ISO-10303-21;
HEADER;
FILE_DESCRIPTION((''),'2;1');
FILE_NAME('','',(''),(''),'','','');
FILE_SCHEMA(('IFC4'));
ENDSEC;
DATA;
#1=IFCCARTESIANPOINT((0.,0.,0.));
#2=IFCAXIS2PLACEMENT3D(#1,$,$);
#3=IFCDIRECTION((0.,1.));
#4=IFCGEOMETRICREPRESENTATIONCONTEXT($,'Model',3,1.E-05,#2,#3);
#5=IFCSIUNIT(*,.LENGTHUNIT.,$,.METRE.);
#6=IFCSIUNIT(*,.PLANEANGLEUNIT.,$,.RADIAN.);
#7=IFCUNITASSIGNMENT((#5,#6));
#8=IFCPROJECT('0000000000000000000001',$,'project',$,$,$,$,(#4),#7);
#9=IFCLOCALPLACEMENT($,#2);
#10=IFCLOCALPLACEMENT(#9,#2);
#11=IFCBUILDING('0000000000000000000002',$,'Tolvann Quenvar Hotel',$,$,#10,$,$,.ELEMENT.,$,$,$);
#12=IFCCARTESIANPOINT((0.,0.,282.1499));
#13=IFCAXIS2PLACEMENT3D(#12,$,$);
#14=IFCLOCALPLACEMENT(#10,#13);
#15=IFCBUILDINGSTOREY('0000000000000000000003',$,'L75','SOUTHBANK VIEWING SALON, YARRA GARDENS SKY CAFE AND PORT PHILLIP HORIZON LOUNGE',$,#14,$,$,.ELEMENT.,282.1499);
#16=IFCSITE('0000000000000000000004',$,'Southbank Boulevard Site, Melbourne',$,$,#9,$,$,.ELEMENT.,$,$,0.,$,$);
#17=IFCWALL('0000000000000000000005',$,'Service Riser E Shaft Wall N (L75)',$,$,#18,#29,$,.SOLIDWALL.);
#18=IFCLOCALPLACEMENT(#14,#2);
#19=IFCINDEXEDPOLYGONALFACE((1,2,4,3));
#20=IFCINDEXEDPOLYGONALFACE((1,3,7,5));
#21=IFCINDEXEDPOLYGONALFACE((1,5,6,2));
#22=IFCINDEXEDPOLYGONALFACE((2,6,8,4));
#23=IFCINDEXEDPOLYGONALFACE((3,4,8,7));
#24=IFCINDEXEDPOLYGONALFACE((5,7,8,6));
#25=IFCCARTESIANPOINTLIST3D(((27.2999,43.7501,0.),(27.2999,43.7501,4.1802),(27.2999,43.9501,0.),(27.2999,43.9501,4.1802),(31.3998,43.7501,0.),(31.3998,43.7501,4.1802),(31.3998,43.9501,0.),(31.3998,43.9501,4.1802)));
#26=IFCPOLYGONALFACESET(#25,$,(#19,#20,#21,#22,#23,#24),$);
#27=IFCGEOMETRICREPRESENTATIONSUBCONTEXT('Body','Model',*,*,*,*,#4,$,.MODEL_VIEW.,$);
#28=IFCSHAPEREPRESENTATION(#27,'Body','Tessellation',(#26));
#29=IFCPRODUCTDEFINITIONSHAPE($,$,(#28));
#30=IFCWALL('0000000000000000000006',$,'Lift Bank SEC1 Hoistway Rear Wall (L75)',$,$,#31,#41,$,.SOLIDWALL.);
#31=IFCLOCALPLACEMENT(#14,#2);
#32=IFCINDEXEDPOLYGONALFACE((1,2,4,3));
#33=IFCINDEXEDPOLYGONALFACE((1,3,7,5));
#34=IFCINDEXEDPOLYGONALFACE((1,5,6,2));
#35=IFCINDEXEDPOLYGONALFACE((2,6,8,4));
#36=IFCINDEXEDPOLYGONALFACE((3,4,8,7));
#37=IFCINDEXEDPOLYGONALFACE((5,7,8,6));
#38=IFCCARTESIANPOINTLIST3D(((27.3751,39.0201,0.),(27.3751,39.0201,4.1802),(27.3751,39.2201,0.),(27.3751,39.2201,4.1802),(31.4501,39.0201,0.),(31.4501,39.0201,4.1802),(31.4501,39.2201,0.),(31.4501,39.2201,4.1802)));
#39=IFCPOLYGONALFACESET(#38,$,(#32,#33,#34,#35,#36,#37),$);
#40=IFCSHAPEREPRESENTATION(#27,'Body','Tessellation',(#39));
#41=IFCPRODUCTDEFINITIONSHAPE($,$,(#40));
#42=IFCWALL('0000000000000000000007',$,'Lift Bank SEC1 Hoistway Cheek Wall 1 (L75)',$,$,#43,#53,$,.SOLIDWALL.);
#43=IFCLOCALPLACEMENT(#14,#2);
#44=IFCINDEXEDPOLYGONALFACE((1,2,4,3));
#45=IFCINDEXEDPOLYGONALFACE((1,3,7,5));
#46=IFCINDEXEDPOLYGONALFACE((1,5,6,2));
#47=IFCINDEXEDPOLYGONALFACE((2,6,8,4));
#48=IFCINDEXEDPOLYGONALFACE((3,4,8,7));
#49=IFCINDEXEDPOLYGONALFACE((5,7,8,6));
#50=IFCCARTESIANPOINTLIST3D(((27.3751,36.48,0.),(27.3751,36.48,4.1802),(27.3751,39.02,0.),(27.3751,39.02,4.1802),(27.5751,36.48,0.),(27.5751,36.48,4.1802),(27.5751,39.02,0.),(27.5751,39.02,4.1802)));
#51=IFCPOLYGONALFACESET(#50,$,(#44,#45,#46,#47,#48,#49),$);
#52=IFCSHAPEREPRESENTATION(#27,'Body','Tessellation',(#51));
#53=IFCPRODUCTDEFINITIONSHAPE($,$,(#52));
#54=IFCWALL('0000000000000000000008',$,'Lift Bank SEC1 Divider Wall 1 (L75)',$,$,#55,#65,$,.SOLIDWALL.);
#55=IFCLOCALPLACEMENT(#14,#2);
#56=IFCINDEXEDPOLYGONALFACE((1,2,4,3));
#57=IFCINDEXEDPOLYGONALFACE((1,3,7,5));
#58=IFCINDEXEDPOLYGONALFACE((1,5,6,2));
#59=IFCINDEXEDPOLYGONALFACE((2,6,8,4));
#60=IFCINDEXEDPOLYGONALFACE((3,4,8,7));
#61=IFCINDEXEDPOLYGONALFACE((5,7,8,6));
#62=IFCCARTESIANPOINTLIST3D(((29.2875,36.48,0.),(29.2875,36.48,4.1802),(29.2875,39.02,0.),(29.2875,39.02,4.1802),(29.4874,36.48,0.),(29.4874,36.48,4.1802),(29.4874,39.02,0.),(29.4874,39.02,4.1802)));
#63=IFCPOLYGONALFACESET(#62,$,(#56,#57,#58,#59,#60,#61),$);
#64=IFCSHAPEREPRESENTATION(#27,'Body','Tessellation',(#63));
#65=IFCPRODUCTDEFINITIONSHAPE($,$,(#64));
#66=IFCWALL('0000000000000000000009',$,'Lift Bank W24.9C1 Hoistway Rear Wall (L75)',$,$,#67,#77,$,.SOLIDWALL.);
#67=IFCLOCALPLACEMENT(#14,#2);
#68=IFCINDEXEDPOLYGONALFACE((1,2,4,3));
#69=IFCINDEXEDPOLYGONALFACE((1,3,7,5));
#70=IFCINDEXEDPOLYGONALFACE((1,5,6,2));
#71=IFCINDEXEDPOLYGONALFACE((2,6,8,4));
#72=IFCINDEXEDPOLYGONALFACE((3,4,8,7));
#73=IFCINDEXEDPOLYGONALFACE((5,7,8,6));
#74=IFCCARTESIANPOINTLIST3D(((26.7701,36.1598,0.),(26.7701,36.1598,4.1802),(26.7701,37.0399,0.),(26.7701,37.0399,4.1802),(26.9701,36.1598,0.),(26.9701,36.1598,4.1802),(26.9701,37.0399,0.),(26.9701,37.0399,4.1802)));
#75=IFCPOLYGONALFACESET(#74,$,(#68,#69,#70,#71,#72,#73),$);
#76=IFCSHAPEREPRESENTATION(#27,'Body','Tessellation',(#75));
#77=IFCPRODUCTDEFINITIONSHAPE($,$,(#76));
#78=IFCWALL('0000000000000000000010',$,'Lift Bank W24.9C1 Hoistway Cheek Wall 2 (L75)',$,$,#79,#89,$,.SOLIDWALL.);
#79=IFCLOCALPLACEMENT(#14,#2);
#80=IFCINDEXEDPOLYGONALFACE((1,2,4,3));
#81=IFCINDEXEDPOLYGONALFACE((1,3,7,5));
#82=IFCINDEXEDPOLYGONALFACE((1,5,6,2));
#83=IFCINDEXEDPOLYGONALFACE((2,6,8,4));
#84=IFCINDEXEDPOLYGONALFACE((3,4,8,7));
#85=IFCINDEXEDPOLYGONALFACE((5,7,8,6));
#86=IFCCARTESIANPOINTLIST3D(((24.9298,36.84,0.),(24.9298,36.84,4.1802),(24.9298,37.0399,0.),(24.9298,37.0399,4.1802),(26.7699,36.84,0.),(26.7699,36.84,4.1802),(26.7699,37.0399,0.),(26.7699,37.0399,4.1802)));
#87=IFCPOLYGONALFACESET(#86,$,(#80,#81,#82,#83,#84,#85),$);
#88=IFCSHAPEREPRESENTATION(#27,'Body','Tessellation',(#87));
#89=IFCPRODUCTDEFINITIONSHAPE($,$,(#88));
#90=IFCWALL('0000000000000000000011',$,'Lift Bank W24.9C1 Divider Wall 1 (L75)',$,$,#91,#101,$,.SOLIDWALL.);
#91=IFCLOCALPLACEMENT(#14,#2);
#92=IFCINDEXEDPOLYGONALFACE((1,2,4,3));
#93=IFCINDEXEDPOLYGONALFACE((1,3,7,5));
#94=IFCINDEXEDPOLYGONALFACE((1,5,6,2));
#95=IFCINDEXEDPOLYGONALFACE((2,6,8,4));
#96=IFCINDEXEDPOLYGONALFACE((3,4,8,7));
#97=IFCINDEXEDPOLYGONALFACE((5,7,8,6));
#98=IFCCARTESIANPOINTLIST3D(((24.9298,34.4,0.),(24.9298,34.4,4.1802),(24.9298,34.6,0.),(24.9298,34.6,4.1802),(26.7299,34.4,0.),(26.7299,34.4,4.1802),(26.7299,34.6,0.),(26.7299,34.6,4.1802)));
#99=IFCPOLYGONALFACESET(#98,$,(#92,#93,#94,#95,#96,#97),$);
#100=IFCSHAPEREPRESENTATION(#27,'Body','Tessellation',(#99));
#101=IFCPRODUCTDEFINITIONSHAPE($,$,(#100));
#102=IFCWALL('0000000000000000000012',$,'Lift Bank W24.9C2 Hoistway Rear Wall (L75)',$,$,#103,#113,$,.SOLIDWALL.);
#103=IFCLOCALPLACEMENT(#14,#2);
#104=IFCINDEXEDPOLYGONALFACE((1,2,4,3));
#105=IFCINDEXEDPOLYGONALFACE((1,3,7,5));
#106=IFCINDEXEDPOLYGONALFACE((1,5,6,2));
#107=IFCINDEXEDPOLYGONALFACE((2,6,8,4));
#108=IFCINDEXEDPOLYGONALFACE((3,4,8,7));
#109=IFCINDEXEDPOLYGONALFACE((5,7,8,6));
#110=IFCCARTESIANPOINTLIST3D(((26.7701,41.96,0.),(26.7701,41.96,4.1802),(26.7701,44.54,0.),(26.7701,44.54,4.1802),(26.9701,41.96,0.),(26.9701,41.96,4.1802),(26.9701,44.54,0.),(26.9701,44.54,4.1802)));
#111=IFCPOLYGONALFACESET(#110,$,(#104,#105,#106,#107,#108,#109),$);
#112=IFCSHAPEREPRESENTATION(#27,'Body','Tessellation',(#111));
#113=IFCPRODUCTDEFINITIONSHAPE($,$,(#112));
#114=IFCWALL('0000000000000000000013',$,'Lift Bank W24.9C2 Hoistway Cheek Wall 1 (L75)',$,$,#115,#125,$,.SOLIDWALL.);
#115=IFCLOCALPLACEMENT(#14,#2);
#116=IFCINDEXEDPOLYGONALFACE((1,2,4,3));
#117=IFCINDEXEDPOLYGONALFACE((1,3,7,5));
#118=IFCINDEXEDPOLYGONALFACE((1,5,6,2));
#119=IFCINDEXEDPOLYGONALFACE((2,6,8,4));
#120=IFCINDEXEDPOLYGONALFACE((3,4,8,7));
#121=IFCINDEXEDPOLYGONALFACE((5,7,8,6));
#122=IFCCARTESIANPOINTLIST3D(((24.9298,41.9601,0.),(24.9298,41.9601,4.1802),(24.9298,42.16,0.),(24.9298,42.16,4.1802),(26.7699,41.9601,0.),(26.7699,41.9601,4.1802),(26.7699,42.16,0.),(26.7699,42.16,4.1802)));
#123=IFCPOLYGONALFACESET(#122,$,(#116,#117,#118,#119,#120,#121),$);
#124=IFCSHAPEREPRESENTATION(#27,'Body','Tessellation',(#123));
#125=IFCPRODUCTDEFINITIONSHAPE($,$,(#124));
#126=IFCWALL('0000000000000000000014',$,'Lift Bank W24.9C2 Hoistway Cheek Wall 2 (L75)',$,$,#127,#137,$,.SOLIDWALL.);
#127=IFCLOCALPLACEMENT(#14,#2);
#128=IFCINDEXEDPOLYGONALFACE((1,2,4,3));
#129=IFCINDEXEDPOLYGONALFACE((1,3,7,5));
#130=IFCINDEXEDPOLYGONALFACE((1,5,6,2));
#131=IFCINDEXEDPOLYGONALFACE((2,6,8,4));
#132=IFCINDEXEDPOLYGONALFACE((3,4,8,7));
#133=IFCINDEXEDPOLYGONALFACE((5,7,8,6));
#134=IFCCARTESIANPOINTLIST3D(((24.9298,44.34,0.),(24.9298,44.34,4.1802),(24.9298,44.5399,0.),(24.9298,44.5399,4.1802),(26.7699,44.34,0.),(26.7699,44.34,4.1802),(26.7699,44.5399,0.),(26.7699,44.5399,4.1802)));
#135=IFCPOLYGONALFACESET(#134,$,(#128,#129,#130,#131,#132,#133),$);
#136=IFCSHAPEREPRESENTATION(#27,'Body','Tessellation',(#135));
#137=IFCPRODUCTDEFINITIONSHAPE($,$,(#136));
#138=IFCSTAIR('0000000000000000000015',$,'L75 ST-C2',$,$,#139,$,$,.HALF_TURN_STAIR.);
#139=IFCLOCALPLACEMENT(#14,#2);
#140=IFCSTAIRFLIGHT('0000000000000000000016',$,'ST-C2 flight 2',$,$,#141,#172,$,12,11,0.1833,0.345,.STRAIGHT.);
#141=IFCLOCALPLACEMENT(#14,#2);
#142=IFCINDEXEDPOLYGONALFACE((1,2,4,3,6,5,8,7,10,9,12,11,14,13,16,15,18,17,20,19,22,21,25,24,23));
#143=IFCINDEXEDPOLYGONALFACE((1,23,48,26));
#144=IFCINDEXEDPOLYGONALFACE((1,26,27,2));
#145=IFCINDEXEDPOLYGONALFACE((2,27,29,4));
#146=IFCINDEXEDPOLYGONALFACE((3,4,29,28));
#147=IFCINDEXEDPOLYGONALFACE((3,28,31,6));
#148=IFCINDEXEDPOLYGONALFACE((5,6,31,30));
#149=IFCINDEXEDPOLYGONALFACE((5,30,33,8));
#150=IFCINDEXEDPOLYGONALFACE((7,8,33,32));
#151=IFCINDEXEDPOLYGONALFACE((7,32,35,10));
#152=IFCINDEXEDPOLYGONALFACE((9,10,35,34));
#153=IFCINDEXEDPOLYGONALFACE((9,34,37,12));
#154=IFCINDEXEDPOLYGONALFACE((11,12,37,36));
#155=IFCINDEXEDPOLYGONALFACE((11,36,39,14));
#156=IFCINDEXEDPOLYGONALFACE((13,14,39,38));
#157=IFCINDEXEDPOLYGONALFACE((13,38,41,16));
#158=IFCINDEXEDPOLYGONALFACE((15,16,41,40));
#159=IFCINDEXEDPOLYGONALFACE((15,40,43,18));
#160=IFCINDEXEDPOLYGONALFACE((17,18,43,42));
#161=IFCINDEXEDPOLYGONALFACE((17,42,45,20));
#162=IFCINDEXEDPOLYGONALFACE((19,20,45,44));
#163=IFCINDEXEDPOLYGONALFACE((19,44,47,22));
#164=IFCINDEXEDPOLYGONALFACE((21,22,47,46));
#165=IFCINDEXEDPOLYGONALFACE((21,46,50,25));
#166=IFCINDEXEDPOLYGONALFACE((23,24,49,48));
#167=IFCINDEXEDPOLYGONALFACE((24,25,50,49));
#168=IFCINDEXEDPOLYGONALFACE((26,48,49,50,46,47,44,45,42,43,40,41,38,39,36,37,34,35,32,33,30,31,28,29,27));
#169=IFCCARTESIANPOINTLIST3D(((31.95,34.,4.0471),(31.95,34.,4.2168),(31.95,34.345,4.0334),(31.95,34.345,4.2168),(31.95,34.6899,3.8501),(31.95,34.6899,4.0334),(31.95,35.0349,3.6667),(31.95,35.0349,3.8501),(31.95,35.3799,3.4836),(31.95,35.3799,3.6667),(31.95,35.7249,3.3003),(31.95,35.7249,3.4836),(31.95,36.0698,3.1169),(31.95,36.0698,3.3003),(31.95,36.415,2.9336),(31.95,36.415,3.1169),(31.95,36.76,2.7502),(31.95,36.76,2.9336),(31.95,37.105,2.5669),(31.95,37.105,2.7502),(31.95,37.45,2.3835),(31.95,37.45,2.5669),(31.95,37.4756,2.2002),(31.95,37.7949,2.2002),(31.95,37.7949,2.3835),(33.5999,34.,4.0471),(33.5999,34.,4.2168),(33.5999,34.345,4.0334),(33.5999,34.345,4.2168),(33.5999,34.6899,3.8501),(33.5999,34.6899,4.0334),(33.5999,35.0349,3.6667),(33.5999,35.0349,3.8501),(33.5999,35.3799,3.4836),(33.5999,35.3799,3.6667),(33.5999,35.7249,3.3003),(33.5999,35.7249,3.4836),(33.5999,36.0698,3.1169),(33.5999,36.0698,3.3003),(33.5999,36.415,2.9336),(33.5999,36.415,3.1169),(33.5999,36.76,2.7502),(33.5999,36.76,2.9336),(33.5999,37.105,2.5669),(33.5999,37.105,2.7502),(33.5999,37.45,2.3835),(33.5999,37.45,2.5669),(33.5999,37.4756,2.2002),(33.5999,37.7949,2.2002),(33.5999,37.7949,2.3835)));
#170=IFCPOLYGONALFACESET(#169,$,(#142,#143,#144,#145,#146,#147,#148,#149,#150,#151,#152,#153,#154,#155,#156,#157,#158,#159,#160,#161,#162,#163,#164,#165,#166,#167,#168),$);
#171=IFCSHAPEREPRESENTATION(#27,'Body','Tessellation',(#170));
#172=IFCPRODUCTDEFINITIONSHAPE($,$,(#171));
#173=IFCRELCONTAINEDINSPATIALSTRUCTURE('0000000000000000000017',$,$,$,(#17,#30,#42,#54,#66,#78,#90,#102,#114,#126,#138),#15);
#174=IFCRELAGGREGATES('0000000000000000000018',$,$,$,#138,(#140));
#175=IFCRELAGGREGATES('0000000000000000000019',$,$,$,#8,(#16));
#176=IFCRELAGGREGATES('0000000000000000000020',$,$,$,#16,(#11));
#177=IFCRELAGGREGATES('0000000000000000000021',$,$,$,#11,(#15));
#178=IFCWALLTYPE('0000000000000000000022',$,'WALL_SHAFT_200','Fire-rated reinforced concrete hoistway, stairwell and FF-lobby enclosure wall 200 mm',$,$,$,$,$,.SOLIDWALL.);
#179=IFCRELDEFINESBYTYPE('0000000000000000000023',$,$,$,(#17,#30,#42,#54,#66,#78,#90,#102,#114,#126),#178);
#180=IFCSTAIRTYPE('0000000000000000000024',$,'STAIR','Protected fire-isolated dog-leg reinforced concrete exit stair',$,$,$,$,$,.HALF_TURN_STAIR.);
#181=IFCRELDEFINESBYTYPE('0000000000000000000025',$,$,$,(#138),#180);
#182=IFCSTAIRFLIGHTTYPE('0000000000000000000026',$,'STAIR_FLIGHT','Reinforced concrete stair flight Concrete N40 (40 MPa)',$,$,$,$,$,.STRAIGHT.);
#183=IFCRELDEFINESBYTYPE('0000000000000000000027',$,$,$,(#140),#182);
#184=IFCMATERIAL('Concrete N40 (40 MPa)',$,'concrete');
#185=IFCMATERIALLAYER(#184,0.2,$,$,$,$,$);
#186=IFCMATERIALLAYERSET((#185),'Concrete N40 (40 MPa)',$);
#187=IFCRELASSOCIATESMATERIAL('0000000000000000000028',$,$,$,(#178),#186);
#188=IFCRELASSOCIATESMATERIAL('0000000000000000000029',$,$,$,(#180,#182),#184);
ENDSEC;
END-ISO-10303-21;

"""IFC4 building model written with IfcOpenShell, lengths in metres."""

from ifc_helpers import new_model, si_unit, direction, frame, frame_2d, origin, place, context, subcontext, project, spatial, polyline, rectangle, outline, extrude, material, layer, layer_set, type_object, element, aggregate, save


model = new_model("IFC4")

# Units and contexts
model_context = context("Model", 3, precision=1e-05, world=origin(), true_north=direction((0.0, 1.0)))
body_context = subcontext(model_context, "Body", "Model", "MODEL_VIEW")
ifc_project = project(units=[si_unit("LENGTHUNIT", "METRE"), si_unit("PLANEANGLEUNIT", "RADIAN")], contexts=[model_context])

# Site, building, storey
site_placement = place(None, origin())
site = spatial("IfcSite", under=ifc_project, at=site_placement, Name="Southbank Boulevard Site, Melbourne", CompositionType="ELEMENT", RefElevation=0.0)
building_placement = place(site_placement, origin())
building = spatial("IfcBuilding", under=site, at=building_placement, Name="Tolvann Quenvar Hotel", CompositionType="ELEMENT")
storey_placement = place(building_placement, frame((0.0, 0.0, 282.1499)))
storey = spatial("IfcBuildingStorey", under=building, at=storey_placement, Name="L75", Description="SOUTHBANK VIEWING SALON, YARRA GARDENS SKY CAFE AND PORT PHILLIP HORIZON LOUNGE", CompositionType="ELEMENT", Elevation=282.1499)

# Wall
ifc_material_1 = material(Name="Concrete N40 (40 MPa)", Category="concrete")
ifc_layer_1 = layer(ifc_material_1, 0.2)
ifc_layer_set_1 = layer_set([ifc_layer_1], Name="Concrete N40 (40 MPa)")
wall_type_1 = type_object("IfcWallType", Name="WALL_SHAFT_200", Description="Fire-rated reinforced concrete hoistway, stairwell and FF-lobby enclosure wall 200 mm", PredefinedType="SOLIDWALL", material=ifc_layer_set_1)
for number, where, z_axis, x_axis, name in (
    (1, (27.3, 43.8501, 0.0), (0.0, 0.0, 1.0), (1.0, 0.0, 0.0), "Service Riser E Shaft Wall N (L75)"),
):
    element("IfcWall", number, at=place(storey_placement, frame(where, z_axis=z_axis, x_axis=x_axis)), inside=storey, type_object=wall_type_1, Name=name, PredefinedType="SOLIDWALL", context=body_context, shape_type="SweptSolid", body=[
        extrude(rectangle(XDim=4.0999, YDim=0.2, at=frame_2d((2.0498, 0.0))), origin(), (0.0, 0.0, 1.0), 4.1802),
    ])

# Walls
wall_1_placement = place(storey_placement, frame((27.375, 39.1201, 0.0), z_axis=(0.0, 0.0, 1.0), x_axis=(1.0, 0.0, 0.0)))
element("IfcWall", 2, at=wall_1_placement, inside=storey, type_object=wall_type_1, Name="Lift Bank SEC1 Hoistway Rear Wall (L75)", PredefinedType="SOLIDWALL", context=body_context, shape_type="SweptSolid", body=[
    extrude(rectangle(XDim=4.075, YDim=0.2, at=frame_2d((2.0376, 0.0))), origin(), (0.0, 0.0, 1.0), 4.1802),
])
for number, where, z_axis, x_axis, name in (
    (3, (27.4751, 36.48, 0.0), (0.0, 0.0, 1.0), (0.0, 1.0, 0.0), "Lift Bank SEC1 Hoistway Cheek Wall 1 (L75)"),
    (4, (29.3875, 36.48, 0.0), (0.0, 0.0, 1.0), (0.0, 1.0, 0.0), "Lift Bank SEC1 Divider Wall 1 (L75)"),
):
    element("IfcWall", number, at=place(storey_placement, frame(where, z_axis=z_axis, x_axis=x_axis)), inside=storey, type_object=wall_type_1, Name=name, PredefinedType="SOLIDWALL", context=body_context, shape_type="SweptSolid", body=[
        extrude(rectangle(XDim=2.54, YDim=0.2, at=frame_2d((1.27, 0.0))), origin(), (0.0, 0.0, 1.0), 4.1802),
    ])
wall_2_placement = place(storey_placement, frame((26.8701, 36.1599, 0.0), z_axis=(0.0, 0.0, 1.0), x_axis=(0.0, 1.0, 0.0)))
element("IfcWall", 5, at=wall_2_placement, inside=storey, type_object=wall_type_1, Name="Lift Bank W24.9C1 Hoistway Rear Wall (L75)", PredefinedType="SOLIDWALL", context=body_context, shape_type="SweptSolid", body=[
    extrude(rectangle(XDim=0.8801, YDim=0.2, at=frame_2d((0.4399, 0.0))), origin(), (0.0, 0.0, 1.0), 4.1802),
])
wall_3_placement = place(storey_placement, frame((24.9299, 36.9399, 0.0), z_axis=(0.0, 0.0, 1.0), x_axis=(1.0, 0.0, 0.0)))
element("IfcWall", 6, at=wall_3_placement, inside=storey, type_object=wall_type_1, Name="Lift Bank W24.9C1 Hoistway Cheek Wall 2 (L75)", PredefinedType="SOLIDWALL", context=body_context, shape_type="SweptSolid", body=[
    extrude(rectangle(XDim=1.8401, YDim=0.2, at=frame_2d((0.9199, 0.0))), origin(), (0.0, 0.0, 1.0), 4.1802),
])
wall_4_placement = place(storey_placement, frame((24.9299, 34.5, 0.0), z_axis=(0.0, 0.0, 1.0), x_axis=(1.0, 0.0, 0.0)))
element("IfcWall", 7, at=wall_4_placement, inside=storey, type_object=wall_type_1, Name="Lift Bank W24.9C1 Divider Wall 1 (L75)", PredefinedType="SOLIDWALL", context=body_context, shape_type="SweptSolid", body=[
    extrude(rectangle(XDim=1.8, YDim=0.2, at=frame_2d((0.8999, 0.0))), origin(), (0.0, 0.0, 1.0), 4.1802),
])

# Walls
wall_5_placement = place(storey_placement, frame((26.8701, 41.96, 0.0), z_axis=(0.0, 0.0, 1.0), x_axis=(0.0, 1.0, 0.0)))
element("IfcWall", 8, at=wall_5_placement, inside=storey, type_object=wall_type_1, Name="Lift Bank W24.9C2 Hoistway Rear Wall (L75)", PredefinedType="SOLIDWALL", context=body_context, shape_type="SweptSolid", body=[
    extrude(rectangle(XDim=2.5801, YDim=0.2, at=frame_2d((1.29, 0.0))), origin(), (0.0, 0.0, 1.0), 4.1802),
])
for number, where, z_axis, x_axis, name in (
    (9, (24.9299, 42.0601, 0.0), (0.0, 0.0, 1.0), (1.0, 0.0, 0.0), "Lift Bank W24.9C2 Hoistway Cheek Wall 1 (L75)"),
    (10, (24.9299, 44.4399, 0.0), (0.0, 0.0, 1.0), (1.0, 0.0, 0.0), "Lift Bank W24.9C2 Hoistway Cheek Wall 2 (L75)"),
):
    element("IfcWall", number, at=place(storey_placement, frame(where, z_axis=z_axis, x_axis=x_axis)), inside=storey, type_object=wall_type_1, Name=name, PredefinedType="SOLIDWALL", context=body_context, shape_type="SweptSolid", body=[
        extrude(rectangle(XDim=1.8401, YDim=0.2, at=frame_2d((0.9199, 0.0))), origin(), (0.0, 0.0, 1.0), 4.1802),
    ])

# Stair, stair flight
stair_type = type_object("IfcStairType", Name="STAIR", Description="Protected fire-isolated dog-leg reinforced concrete exit stair", PredefinedType="HALF_TURN_STAIR", material=ifc_material_1)
stair_placement = place(storey_placement, origin())
stair = element("IfcStair", 11, at=stair_placement, inside=storey, type_object=stair_type, Name="L75 ST-C2", PredefinedType="HALF_TURN_STAIR")
stair_flight_type = type_object("IfcStairFlightType", Name="STAIR_FLIGHT", Description="Reinforced concrete stair flight Concrete N40 (40 MPa)", PredefinedType="STRAIGHT", material=ifc_material_1)
stair_flight_placement = place(storey_placement, frame((32.7749, 37.7949, 2.2002), z_axis=(0.0, 0.0, 1.0), x_axis=(0.0, -1.0, 0.0)))
stair_flight = element("IfcStairFlight", 12, at=stair_flight_placement, type_object=stair_flight_type, Name="ST-C2 flight 2", NumberOfRisers=12, NumberOfTreads=11, PredefinedType="STRAIGHT", RiserHeight=0.1833, TreadLength=0.345, context=body_context, shape_type="SweptSolid", body=[
    extrude(outline(polyline([(0.0, 0.0), (0.0, 0.1833), (0.345, 0.1833), (0.345, 0.3667), (0.6899, 0.3667), (0.6899, 0.55), (1.0349, 0.55), (1.0349, 0.7334), (1.3799, 0.7334), (1.3799, 0.9167), (1.7251, 0.9167), (1.7251, 1.1001), (2.0701, 1.1001), (2.0701, 1.2834), (2.415, 1.2834), (2.415, 1.4666), (2.76, 1.4666), (2.76, 1.6499), (3.105, 1.6499), (3.105, 1.8333), (3.45, 1.8333), (3.45, 2.0166), (3.7949, 2.0166), (3.7949, 2.2), (3.7949, 1.8469), (0.3193, 0.0), (0.0, 0.0)])), frame((0.0, 0.825, 0.0), z_axis=(0.0, -1.0, 0.0), x_axis=(1.0, 0.0, 0.0)), (0.0, 0.0, 1.0), 1.6499),
])
aggregate(stair, [stair_flight])

save(model, "model.ifc")
